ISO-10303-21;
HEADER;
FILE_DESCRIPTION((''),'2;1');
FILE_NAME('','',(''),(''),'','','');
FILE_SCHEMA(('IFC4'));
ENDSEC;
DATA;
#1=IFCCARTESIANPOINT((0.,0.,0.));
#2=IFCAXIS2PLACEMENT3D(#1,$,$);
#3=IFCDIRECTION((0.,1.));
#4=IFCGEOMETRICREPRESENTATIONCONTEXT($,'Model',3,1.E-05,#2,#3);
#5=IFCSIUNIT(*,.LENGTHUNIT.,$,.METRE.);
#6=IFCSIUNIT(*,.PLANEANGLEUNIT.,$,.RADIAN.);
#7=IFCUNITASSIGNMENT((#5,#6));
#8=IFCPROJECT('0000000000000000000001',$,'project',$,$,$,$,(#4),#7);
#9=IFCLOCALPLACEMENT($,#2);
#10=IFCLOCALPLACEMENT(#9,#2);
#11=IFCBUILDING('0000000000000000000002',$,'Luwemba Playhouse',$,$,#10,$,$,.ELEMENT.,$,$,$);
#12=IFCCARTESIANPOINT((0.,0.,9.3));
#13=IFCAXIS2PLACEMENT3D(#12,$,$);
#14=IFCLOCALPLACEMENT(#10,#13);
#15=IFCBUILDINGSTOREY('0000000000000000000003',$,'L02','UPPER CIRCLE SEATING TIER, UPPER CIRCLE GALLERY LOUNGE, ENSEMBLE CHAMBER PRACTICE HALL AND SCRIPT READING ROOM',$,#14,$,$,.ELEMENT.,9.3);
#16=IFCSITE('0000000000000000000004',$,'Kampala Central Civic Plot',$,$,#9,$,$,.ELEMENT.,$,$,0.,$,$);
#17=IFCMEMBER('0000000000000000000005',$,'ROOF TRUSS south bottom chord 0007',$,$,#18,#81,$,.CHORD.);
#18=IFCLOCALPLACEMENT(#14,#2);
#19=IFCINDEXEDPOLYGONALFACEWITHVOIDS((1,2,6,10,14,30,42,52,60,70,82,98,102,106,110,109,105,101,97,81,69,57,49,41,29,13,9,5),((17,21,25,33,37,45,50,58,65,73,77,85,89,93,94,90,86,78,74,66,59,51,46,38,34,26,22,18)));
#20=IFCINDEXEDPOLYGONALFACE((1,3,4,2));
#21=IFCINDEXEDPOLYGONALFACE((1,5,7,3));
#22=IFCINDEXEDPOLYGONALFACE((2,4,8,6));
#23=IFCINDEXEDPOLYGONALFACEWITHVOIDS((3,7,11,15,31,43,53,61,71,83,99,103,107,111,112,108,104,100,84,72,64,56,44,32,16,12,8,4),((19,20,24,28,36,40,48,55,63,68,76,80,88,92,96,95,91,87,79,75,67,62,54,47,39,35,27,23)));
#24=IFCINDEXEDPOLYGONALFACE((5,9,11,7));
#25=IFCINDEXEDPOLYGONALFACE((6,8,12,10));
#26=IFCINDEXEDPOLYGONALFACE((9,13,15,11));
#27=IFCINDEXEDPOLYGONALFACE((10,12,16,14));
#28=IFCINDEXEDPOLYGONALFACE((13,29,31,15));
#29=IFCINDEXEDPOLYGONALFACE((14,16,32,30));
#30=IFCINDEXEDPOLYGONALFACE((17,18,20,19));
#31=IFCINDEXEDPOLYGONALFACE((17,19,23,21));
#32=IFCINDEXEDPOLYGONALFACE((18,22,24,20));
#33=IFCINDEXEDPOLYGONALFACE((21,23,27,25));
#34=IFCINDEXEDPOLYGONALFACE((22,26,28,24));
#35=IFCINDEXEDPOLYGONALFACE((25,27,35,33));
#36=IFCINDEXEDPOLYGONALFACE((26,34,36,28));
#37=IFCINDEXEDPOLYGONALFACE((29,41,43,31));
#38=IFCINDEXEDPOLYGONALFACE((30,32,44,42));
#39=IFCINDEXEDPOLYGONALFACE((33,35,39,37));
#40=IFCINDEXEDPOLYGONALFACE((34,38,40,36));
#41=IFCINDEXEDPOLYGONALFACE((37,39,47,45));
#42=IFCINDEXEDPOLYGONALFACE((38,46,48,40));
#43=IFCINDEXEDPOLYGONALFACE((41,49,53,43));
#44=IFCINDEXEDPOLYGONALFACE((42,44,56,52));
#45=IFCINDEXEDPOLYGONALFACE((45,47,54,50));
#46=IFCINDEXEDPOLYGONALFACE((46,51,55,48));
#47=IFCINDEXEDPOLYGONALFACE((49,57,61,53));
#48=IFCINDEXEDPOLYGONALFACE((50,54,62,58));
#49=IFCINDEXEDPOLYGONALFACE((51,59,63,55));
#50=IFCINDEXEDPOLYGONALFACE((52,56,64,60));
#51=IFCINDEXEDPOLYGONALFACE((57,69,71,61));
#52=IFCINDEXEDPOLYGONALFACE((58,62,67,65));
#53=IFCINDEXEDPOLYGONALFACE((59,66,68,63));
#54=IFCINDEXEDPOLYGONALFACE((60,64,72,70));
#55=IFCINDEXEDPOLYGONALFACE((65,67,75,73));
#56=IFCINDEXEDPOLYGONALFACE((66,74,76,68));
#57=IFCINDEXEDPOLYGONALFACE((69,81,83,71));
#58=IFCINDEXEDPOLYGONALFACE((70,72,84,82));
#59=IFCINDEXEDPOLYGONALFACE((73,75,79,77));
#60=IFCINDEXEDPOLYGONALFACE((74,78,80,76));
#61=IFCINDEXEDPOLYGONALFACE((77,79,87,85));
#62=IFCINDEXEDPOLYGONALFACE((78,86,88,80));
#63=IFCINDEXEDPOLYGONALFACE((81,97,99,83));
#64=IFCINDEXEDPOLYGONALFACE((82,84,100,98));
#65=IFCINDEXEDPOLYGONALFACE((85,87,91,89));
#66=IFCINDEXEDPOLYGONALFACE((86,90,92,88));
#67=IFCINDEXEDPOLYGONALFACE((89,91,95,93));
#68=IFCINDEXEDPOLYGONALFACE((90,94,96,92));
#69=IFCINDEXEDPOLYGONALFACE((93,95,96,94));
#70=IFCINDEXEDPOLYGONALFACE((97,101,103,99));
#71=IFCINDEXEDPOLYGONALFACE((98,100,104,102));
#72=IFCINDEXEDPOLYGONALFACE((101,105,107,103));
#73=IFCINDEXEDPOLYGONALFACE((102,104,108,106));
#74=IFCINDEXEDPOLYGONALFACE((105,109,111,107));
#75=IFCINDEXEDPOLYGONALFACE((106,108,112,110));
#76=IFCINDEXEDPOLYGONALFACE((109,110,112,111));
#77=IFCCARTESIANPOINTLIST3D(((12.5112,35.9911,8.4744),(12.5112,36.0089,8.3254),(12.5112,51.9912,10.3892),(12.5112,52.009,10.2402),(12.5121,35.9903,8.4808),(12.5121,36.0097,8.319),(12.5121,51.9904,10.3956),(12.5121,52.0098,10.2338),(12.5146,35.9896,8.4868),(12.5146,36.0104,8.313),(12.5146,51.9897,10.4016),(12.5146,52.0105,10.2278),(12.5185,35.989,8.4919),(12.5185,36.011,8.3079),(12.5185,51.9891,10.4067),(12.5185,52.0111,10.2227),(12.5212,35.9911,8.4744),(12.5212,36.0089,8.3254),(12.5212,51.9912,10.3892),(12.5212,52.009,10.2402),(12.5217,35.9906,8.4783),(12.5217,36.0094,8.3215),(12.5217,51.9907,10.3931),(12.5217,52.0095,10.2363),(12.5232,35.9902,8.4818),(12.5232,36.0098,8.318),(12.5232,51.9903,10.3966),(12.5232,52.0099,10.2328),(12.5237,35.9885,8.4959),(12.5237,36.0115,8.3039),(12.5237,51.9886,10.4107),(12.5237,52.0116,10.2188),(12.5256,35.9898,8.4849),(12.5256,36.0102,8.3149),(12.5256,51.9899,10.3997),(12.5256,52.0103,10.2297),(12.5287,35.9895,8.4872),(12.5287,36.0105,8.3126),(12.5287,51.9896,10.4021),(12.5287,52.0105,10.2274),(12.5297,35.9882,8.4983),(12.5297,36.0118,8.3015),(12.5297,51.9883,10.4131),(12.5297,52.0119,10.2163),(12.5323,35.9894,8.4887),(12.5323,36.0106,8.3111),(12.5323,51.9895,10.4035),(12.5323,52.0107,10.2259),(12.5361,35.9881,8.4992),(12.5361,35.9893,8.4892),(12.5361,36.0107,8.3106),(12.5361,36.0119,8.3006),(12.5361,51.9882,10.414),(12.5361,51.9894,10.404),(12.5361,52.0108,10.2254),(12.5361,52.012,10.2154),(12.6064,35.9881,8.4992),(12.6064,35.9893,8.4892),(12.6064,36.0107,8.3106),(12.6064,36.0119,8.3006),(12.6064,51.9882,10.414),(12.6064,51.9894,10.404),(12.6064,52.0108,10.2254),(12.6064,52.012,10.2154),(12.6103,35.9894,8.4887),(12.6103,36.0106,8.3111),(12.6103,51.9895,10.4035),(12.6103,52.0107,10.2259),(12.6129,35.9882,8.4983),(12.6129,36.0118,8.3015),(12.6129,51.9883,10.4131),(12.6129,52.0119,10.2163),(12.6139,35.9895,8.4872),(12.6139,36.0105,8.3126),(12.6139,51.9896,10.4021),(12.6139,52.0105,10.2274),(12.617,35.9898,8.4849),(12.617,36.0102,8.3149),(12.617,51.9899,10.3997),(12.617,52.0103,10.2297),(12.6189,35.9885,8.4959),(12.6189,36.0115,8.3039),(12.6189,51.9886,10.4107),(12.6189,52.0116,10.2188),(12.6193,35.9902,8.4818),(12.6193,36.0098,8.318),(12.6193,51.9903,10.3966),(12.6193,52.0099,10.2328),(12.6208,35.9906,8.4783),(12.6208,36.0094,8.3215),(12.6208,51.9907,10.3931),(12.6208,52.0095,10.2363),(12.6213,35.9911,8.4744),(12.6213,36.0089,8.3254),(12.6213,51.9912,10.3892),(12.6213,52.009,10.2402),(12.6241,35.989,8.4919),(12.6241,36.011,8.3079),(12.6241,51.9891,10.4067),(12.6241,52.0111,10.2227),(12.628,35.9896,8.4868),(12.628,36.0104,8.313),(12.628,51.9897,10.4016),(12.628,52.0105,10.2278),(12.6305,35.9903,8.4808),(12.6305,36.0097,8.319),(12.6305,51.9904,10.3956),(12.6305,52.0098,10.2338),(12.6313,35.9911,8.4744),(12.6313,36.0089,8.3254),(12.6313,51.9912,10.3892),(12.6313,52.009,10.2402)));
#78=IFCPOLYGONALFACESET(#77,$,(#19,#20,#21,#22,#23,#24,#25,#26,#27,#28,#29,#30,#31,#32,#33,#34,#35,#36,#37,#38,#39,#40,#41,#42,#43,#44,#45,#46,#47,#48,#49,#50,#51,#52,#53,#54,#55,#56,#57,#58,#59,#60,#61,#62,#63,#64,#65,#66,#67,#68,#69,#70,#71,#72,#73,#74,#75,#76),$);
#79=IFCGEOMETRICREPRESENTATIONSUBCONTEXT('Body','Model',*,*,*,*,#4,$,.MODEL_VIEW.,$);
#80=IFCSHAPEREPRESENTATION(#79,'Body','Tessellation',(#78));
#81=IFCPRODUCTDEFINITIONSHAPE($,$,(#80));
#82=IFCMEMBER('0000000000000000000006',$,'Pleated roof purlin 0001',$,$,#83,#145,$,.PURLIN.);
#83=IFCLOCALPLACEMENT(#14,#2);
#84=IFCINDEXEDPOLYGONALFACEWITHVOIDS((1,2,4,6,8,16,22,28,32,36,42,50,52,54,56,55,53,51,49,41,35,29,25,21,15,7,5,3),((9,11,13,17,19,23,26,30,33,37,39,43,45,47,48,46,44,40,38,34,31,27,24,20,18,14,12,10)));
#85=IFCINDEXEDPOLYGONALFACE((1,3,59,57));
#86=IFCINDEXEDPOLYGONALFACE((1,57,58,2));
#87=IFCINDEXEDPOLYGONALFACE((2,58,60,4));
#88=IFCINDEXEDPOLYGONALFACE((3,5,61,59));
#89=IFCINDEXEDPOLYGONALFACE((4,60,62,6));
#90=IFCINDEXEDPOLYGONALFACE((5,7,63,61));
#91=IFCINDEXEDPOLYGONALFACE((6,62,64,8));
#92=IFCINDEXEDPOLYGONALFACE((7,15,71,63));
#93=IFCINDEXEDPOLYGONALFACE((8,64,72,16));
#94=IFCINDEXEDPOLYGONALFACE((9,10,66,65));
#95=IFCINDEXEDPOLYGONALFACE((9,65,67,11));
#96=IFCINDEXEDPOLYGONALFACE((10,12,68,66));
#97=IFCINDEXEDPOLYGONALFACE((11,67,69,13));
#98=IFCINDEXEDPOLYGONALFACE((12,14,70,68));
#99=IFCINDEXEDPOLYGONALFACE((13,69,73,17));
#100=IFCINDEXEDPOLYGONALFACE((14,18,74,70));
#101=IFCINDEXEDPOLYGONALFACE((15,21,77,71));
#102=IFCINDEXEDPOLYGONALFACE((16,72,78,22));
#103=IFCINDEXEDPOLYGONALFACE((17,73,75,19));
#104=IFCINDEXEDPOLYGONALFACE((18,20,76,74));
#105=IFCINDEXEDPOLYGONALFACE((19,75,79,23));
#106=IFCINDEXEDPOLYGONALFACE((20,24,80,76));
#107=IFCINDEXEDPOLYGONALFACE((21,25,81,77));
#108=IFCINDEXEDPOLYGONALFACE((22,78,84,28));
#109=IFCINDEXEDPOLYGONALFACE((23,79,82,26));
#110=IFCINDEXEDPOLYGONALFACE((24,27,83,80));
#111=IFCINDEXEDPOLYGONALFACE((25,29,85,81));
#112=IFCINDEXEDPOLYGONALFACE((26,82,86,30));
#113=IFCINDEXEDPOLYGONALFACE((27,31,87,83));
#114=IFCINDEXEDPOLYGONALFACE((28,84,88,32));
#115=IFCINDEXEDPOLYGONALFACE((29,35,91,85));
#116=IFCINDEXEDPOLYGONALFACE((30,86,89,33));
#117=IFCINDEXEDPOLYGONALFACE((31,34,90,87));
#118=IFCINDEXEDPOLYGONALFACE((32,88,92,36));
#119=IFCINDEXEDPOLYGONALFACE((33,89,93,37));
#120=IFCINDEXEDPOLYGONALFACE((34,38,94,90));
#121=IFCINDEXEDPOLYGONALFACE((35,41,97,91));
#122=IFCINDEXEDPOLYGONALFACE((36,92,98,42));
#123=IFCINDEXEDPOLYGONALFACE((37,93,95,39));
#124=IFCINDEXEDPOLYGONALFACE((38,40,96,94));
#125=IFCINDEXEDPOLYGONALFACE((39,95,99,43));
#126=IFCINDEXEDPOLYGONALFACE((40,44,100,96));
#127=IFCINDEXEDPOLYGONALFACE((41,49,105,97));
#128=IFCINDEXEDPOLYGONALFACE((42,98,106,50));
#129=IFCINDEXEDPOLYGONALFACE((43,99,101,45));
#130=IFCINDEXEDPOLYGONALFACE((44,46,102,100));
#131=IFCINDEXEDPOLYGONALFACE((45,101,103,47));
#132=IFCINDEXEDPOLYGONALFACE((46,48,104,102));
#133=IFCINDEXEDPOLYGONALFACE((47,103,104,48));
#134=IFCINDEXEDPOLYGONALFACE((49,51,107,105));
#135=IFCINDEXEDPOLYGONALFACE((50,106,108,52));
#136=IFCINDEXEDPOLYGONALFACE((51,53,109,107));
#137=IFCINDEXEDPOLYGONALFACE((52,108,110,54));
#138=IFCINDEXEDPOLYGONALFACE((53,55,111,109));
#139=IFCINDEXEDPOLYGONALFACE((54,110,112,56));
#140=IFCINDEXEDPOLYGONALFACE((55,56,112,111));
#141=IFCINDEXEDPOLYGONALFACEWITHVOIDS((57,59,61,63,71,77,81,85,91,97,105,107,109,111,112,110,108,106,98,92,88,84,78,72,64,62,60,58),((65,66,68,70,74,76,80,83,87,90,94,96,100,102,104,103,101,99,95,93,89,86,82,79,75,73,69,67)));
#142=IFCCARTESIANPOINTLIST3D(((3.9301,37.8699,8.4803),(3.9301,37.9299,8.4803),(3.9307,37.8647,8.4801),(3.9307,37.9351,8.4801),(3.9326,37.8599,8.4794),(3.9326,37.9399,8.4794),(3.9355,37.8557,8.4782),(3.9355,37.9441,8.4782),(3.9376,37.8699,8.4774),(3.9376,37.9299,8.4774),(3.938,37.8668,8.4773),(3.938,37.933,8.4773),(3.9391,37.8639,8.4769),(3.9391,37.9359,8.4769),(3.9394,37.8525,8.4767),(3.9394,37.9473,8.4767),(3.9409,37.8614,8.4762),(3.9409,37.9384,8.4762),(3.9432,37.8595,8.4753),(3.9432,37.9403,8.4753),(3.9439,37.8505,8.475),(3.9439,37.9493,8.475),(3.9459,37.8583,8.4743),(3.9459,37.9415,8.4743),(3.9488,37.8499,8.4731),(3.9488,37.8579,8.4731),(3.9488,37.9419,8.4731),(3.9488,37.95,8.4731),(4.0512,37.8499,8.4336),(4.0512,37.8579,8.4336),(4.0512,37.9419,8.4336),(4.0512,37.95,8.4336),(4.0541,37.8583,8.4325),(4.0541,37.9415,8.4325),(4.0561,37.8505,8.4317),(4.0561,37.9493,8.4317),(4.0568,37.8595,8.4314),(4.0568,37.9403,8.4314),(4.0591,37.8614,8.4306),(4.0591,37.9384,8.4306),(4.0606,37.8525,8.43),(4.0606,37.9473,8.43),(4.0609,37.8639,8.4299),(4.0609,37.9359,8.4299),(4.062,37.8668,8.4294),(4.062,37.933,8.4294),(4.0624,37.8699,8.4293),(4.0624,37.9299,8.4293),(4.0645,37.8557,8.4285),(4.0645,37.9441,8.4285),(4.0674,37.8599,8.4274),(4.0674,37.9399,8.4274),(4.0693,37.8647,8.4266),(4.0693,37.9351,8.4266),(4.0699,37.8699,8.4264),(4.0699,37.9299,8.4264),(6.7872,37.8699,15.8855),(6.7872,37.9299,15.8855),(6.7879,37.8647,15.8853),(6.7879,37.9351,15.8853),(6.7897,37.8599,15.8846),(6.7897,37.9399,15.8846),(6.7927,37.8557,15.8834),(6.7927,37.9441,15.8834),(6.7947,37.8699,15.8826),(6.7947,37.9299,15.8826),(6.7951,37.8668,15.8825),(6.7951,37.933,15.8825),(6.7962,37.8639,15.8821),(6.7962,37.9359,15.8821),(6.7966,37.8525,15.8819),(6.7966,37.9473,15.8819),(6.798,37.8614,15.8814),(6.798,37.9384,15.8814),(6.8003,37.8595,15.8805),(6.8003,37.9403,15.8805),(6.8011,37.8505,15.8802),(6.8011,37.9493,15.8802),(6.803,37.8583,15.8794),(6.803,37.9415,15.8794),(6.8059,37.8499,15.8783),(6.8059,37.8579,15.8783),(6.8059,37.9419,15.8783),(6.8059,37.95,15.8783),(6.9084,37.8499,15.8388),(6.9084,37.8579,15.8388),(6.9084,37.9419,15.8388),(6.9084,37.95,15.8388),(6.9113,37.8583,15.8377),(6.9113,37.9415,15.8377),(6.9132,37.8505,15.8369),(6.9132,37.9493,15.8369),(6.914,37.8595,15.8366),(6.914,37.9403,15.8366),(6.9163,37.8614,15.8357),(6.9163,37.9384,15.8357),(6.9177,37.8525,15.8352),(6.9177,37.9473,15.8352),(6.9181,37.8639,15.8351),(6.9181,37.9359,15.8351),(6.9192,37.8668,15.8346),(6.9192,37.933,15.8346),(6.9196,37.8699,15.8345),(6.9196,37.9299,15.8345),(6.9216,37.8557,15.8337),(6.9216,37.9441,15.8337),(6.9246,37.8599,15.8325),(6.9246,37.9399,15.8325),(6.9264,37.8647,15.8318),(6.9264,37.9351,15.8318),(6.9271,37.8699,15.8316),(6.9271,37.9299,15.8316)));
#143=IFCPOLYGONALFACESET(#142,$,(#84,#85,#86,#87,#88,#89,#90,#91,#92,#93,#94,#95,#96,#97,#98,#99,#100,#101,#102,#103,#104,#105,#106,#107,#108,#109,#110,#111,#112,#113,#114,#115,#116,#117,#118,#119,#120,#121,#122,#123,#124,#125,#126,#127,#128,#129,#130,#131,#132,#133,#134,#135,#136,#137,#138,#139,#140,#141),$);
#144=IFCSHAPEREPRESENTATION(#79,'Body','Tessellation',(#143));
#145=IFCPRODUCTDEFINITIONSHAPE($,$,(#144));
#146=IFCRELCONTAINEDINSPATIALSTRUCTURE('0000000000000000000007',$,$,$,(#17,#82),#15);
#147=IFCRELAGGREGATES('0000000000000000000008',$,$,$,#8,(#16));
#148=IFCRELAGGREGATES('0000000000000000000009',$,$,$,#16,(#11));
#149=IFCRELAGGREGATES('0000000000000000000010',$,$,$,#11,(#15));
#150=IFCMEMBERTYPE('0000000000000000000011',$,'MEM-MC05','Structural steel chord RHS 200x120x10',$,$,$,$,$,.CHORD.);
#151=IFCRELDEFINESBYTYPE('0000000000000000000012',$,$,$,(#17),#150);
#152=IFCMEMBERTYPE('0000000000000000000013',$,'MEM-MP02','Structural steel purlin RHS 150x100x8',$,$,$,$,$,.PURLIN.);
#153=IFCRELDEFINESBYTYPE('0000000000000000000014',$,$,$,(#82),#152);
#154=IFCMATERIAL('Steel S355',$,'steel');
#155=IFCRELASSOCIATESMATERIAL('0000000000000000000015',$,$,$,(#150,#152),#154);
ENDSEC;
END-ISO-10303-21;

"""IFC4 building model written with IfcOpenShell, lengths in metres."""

from ifc_helpers import new_model, si_unit, direction, frame, origin, origin_2d, place, context, subcontext, project, spatial, hollow_rectangle, extrude, material, material_profile, profile_set, type_object, element, save


model = new_model("IFC4")

# Units and contexts
model_context = context("Model", 3, precision=1e-05, world=origin(), true_north=direction((0.0, 1.0)))
body_context = subcontext(model_context, "Body", "Model", "MODEL_VIEW")
ifc_project = project(units=[si_unit("LENGTHUNIT", "METRE"), si_unit("PLANEANGLEUNIT", "RADIAN")], contexts=[model_context])

# Site, building, storey
site_placement = place(None, origin())
site = spatial("IfcSite", under=ifc_project, at=site_placement, Name="Kampala Central Civic Plot", CompositionType="ELEMENT", RefElevation=0.0)
building_placement = place(site_placement, origin())
building = spatial("IfcBuilding", under=site, at=building_placement, Name="Luwemba Playhouse", CompositionType="ELEMENT")
storey_placement = place(building_placement, frame((0.0, 0.0, 9.3)))
storey = spatial("IfcBuildingStorey", under=building, at=storey_placement, Name="L02", Description="UPPER CIRCLE SEATING TIER, UPPER CIRCLE GALLERY LOUNGE, ENSEMBLE CHAMBER PRACTICE HALL AND SCRIPT READING ROOM", CompositionType="ELEMENT", Elevation=9.3)

# Shared definitions
ifc_material_1 = material(Name="Steel S355", Category="steel")

# Members
ifc_material_profile_1 = material_profile(ifc_material_1, hollow_rectangle(XDim=0.1201, YDim=0.2, WallThickness=0.01, InnerFilletRadius=0.0149, OuterFilletRadius=0.0249, at=origin_2d()))
ifc_profile_set_1 = profile_set([ifc_material_profile_1], Name="Steel S355")
member_type_1 = type_object("IfcMemberType", Name="MEM-MC05", Description="Structural steel chord RHS 200x120x10", PredefinedType="CHORD", material=ifc_profile_set_1)
member_1_placement = place(storey_placement, frame((12.5713, 36.0, 8.3999), z_axis=(0.0, 0.992915, 0.118827), x_axis=(-1.0, 0.0, 0.0)))
element("IfcMember", 1, at=member_1_placement, inside=storey, type_object=member_type_1, Name="ROOF TRUSS south bottom chord 0007", PredefinedType="CHORD", context=body_context, shape_type="SweptSolid", body=[
    extrude(hollow_rectangle(XDim=0.1201, YDim=0.2, WallThickness=0.01, InnerFilletRadius=0.0149, OuterFilletRadius=0.0249, at=origin_2d()), origin(), (0.0, 0.0, 1.0), 16.1143),
])
ifc_material_profile_2 = material_profile(ifc_material_1, hollow_rectangle(XDim=0.1001, YDim=0.1499, WallThickness=0.0081, InnerFilletRadius=0.012, OuterFilletRadius=0.02, at=origin_2d()))
ifc_profile_set_2 = profile_set([ifc_material_profile_2], Name="Steel S355")
member_type_2 = type_object("IfcMemberType", Name="MEM-MP02", Description="Structural steel purlin RHS 150x100x8", PredefinedType="PURLIN", material=ifc_profile_set_2)
member_2_placement = place(storey_placement, frame((4.0, 37.8999, 8.4534), z_axis=(0.359966, 0.0, 0.932965), x_axis=(0.0, 1.0, 0.0)))
element("IfcMember", 2, at=member_2_placement, inside=storey, type_object=member_type_2, Name="Pleated roof purlin 0001", PredefinedType="PURLIN", context=body_context, shape_type="SweptSolid", body=[
    extrude(hollow_rectangle(XDim=0.1001, YDim=0.1499, WallThickness=0.0081, InnerFilletRadius=0.012, OuterFilletRadius=0.02, at=origin_2d()), origin(), (0.0, 0.0, 1.0), 7.9373),
])

save(model, "model.ifc")
